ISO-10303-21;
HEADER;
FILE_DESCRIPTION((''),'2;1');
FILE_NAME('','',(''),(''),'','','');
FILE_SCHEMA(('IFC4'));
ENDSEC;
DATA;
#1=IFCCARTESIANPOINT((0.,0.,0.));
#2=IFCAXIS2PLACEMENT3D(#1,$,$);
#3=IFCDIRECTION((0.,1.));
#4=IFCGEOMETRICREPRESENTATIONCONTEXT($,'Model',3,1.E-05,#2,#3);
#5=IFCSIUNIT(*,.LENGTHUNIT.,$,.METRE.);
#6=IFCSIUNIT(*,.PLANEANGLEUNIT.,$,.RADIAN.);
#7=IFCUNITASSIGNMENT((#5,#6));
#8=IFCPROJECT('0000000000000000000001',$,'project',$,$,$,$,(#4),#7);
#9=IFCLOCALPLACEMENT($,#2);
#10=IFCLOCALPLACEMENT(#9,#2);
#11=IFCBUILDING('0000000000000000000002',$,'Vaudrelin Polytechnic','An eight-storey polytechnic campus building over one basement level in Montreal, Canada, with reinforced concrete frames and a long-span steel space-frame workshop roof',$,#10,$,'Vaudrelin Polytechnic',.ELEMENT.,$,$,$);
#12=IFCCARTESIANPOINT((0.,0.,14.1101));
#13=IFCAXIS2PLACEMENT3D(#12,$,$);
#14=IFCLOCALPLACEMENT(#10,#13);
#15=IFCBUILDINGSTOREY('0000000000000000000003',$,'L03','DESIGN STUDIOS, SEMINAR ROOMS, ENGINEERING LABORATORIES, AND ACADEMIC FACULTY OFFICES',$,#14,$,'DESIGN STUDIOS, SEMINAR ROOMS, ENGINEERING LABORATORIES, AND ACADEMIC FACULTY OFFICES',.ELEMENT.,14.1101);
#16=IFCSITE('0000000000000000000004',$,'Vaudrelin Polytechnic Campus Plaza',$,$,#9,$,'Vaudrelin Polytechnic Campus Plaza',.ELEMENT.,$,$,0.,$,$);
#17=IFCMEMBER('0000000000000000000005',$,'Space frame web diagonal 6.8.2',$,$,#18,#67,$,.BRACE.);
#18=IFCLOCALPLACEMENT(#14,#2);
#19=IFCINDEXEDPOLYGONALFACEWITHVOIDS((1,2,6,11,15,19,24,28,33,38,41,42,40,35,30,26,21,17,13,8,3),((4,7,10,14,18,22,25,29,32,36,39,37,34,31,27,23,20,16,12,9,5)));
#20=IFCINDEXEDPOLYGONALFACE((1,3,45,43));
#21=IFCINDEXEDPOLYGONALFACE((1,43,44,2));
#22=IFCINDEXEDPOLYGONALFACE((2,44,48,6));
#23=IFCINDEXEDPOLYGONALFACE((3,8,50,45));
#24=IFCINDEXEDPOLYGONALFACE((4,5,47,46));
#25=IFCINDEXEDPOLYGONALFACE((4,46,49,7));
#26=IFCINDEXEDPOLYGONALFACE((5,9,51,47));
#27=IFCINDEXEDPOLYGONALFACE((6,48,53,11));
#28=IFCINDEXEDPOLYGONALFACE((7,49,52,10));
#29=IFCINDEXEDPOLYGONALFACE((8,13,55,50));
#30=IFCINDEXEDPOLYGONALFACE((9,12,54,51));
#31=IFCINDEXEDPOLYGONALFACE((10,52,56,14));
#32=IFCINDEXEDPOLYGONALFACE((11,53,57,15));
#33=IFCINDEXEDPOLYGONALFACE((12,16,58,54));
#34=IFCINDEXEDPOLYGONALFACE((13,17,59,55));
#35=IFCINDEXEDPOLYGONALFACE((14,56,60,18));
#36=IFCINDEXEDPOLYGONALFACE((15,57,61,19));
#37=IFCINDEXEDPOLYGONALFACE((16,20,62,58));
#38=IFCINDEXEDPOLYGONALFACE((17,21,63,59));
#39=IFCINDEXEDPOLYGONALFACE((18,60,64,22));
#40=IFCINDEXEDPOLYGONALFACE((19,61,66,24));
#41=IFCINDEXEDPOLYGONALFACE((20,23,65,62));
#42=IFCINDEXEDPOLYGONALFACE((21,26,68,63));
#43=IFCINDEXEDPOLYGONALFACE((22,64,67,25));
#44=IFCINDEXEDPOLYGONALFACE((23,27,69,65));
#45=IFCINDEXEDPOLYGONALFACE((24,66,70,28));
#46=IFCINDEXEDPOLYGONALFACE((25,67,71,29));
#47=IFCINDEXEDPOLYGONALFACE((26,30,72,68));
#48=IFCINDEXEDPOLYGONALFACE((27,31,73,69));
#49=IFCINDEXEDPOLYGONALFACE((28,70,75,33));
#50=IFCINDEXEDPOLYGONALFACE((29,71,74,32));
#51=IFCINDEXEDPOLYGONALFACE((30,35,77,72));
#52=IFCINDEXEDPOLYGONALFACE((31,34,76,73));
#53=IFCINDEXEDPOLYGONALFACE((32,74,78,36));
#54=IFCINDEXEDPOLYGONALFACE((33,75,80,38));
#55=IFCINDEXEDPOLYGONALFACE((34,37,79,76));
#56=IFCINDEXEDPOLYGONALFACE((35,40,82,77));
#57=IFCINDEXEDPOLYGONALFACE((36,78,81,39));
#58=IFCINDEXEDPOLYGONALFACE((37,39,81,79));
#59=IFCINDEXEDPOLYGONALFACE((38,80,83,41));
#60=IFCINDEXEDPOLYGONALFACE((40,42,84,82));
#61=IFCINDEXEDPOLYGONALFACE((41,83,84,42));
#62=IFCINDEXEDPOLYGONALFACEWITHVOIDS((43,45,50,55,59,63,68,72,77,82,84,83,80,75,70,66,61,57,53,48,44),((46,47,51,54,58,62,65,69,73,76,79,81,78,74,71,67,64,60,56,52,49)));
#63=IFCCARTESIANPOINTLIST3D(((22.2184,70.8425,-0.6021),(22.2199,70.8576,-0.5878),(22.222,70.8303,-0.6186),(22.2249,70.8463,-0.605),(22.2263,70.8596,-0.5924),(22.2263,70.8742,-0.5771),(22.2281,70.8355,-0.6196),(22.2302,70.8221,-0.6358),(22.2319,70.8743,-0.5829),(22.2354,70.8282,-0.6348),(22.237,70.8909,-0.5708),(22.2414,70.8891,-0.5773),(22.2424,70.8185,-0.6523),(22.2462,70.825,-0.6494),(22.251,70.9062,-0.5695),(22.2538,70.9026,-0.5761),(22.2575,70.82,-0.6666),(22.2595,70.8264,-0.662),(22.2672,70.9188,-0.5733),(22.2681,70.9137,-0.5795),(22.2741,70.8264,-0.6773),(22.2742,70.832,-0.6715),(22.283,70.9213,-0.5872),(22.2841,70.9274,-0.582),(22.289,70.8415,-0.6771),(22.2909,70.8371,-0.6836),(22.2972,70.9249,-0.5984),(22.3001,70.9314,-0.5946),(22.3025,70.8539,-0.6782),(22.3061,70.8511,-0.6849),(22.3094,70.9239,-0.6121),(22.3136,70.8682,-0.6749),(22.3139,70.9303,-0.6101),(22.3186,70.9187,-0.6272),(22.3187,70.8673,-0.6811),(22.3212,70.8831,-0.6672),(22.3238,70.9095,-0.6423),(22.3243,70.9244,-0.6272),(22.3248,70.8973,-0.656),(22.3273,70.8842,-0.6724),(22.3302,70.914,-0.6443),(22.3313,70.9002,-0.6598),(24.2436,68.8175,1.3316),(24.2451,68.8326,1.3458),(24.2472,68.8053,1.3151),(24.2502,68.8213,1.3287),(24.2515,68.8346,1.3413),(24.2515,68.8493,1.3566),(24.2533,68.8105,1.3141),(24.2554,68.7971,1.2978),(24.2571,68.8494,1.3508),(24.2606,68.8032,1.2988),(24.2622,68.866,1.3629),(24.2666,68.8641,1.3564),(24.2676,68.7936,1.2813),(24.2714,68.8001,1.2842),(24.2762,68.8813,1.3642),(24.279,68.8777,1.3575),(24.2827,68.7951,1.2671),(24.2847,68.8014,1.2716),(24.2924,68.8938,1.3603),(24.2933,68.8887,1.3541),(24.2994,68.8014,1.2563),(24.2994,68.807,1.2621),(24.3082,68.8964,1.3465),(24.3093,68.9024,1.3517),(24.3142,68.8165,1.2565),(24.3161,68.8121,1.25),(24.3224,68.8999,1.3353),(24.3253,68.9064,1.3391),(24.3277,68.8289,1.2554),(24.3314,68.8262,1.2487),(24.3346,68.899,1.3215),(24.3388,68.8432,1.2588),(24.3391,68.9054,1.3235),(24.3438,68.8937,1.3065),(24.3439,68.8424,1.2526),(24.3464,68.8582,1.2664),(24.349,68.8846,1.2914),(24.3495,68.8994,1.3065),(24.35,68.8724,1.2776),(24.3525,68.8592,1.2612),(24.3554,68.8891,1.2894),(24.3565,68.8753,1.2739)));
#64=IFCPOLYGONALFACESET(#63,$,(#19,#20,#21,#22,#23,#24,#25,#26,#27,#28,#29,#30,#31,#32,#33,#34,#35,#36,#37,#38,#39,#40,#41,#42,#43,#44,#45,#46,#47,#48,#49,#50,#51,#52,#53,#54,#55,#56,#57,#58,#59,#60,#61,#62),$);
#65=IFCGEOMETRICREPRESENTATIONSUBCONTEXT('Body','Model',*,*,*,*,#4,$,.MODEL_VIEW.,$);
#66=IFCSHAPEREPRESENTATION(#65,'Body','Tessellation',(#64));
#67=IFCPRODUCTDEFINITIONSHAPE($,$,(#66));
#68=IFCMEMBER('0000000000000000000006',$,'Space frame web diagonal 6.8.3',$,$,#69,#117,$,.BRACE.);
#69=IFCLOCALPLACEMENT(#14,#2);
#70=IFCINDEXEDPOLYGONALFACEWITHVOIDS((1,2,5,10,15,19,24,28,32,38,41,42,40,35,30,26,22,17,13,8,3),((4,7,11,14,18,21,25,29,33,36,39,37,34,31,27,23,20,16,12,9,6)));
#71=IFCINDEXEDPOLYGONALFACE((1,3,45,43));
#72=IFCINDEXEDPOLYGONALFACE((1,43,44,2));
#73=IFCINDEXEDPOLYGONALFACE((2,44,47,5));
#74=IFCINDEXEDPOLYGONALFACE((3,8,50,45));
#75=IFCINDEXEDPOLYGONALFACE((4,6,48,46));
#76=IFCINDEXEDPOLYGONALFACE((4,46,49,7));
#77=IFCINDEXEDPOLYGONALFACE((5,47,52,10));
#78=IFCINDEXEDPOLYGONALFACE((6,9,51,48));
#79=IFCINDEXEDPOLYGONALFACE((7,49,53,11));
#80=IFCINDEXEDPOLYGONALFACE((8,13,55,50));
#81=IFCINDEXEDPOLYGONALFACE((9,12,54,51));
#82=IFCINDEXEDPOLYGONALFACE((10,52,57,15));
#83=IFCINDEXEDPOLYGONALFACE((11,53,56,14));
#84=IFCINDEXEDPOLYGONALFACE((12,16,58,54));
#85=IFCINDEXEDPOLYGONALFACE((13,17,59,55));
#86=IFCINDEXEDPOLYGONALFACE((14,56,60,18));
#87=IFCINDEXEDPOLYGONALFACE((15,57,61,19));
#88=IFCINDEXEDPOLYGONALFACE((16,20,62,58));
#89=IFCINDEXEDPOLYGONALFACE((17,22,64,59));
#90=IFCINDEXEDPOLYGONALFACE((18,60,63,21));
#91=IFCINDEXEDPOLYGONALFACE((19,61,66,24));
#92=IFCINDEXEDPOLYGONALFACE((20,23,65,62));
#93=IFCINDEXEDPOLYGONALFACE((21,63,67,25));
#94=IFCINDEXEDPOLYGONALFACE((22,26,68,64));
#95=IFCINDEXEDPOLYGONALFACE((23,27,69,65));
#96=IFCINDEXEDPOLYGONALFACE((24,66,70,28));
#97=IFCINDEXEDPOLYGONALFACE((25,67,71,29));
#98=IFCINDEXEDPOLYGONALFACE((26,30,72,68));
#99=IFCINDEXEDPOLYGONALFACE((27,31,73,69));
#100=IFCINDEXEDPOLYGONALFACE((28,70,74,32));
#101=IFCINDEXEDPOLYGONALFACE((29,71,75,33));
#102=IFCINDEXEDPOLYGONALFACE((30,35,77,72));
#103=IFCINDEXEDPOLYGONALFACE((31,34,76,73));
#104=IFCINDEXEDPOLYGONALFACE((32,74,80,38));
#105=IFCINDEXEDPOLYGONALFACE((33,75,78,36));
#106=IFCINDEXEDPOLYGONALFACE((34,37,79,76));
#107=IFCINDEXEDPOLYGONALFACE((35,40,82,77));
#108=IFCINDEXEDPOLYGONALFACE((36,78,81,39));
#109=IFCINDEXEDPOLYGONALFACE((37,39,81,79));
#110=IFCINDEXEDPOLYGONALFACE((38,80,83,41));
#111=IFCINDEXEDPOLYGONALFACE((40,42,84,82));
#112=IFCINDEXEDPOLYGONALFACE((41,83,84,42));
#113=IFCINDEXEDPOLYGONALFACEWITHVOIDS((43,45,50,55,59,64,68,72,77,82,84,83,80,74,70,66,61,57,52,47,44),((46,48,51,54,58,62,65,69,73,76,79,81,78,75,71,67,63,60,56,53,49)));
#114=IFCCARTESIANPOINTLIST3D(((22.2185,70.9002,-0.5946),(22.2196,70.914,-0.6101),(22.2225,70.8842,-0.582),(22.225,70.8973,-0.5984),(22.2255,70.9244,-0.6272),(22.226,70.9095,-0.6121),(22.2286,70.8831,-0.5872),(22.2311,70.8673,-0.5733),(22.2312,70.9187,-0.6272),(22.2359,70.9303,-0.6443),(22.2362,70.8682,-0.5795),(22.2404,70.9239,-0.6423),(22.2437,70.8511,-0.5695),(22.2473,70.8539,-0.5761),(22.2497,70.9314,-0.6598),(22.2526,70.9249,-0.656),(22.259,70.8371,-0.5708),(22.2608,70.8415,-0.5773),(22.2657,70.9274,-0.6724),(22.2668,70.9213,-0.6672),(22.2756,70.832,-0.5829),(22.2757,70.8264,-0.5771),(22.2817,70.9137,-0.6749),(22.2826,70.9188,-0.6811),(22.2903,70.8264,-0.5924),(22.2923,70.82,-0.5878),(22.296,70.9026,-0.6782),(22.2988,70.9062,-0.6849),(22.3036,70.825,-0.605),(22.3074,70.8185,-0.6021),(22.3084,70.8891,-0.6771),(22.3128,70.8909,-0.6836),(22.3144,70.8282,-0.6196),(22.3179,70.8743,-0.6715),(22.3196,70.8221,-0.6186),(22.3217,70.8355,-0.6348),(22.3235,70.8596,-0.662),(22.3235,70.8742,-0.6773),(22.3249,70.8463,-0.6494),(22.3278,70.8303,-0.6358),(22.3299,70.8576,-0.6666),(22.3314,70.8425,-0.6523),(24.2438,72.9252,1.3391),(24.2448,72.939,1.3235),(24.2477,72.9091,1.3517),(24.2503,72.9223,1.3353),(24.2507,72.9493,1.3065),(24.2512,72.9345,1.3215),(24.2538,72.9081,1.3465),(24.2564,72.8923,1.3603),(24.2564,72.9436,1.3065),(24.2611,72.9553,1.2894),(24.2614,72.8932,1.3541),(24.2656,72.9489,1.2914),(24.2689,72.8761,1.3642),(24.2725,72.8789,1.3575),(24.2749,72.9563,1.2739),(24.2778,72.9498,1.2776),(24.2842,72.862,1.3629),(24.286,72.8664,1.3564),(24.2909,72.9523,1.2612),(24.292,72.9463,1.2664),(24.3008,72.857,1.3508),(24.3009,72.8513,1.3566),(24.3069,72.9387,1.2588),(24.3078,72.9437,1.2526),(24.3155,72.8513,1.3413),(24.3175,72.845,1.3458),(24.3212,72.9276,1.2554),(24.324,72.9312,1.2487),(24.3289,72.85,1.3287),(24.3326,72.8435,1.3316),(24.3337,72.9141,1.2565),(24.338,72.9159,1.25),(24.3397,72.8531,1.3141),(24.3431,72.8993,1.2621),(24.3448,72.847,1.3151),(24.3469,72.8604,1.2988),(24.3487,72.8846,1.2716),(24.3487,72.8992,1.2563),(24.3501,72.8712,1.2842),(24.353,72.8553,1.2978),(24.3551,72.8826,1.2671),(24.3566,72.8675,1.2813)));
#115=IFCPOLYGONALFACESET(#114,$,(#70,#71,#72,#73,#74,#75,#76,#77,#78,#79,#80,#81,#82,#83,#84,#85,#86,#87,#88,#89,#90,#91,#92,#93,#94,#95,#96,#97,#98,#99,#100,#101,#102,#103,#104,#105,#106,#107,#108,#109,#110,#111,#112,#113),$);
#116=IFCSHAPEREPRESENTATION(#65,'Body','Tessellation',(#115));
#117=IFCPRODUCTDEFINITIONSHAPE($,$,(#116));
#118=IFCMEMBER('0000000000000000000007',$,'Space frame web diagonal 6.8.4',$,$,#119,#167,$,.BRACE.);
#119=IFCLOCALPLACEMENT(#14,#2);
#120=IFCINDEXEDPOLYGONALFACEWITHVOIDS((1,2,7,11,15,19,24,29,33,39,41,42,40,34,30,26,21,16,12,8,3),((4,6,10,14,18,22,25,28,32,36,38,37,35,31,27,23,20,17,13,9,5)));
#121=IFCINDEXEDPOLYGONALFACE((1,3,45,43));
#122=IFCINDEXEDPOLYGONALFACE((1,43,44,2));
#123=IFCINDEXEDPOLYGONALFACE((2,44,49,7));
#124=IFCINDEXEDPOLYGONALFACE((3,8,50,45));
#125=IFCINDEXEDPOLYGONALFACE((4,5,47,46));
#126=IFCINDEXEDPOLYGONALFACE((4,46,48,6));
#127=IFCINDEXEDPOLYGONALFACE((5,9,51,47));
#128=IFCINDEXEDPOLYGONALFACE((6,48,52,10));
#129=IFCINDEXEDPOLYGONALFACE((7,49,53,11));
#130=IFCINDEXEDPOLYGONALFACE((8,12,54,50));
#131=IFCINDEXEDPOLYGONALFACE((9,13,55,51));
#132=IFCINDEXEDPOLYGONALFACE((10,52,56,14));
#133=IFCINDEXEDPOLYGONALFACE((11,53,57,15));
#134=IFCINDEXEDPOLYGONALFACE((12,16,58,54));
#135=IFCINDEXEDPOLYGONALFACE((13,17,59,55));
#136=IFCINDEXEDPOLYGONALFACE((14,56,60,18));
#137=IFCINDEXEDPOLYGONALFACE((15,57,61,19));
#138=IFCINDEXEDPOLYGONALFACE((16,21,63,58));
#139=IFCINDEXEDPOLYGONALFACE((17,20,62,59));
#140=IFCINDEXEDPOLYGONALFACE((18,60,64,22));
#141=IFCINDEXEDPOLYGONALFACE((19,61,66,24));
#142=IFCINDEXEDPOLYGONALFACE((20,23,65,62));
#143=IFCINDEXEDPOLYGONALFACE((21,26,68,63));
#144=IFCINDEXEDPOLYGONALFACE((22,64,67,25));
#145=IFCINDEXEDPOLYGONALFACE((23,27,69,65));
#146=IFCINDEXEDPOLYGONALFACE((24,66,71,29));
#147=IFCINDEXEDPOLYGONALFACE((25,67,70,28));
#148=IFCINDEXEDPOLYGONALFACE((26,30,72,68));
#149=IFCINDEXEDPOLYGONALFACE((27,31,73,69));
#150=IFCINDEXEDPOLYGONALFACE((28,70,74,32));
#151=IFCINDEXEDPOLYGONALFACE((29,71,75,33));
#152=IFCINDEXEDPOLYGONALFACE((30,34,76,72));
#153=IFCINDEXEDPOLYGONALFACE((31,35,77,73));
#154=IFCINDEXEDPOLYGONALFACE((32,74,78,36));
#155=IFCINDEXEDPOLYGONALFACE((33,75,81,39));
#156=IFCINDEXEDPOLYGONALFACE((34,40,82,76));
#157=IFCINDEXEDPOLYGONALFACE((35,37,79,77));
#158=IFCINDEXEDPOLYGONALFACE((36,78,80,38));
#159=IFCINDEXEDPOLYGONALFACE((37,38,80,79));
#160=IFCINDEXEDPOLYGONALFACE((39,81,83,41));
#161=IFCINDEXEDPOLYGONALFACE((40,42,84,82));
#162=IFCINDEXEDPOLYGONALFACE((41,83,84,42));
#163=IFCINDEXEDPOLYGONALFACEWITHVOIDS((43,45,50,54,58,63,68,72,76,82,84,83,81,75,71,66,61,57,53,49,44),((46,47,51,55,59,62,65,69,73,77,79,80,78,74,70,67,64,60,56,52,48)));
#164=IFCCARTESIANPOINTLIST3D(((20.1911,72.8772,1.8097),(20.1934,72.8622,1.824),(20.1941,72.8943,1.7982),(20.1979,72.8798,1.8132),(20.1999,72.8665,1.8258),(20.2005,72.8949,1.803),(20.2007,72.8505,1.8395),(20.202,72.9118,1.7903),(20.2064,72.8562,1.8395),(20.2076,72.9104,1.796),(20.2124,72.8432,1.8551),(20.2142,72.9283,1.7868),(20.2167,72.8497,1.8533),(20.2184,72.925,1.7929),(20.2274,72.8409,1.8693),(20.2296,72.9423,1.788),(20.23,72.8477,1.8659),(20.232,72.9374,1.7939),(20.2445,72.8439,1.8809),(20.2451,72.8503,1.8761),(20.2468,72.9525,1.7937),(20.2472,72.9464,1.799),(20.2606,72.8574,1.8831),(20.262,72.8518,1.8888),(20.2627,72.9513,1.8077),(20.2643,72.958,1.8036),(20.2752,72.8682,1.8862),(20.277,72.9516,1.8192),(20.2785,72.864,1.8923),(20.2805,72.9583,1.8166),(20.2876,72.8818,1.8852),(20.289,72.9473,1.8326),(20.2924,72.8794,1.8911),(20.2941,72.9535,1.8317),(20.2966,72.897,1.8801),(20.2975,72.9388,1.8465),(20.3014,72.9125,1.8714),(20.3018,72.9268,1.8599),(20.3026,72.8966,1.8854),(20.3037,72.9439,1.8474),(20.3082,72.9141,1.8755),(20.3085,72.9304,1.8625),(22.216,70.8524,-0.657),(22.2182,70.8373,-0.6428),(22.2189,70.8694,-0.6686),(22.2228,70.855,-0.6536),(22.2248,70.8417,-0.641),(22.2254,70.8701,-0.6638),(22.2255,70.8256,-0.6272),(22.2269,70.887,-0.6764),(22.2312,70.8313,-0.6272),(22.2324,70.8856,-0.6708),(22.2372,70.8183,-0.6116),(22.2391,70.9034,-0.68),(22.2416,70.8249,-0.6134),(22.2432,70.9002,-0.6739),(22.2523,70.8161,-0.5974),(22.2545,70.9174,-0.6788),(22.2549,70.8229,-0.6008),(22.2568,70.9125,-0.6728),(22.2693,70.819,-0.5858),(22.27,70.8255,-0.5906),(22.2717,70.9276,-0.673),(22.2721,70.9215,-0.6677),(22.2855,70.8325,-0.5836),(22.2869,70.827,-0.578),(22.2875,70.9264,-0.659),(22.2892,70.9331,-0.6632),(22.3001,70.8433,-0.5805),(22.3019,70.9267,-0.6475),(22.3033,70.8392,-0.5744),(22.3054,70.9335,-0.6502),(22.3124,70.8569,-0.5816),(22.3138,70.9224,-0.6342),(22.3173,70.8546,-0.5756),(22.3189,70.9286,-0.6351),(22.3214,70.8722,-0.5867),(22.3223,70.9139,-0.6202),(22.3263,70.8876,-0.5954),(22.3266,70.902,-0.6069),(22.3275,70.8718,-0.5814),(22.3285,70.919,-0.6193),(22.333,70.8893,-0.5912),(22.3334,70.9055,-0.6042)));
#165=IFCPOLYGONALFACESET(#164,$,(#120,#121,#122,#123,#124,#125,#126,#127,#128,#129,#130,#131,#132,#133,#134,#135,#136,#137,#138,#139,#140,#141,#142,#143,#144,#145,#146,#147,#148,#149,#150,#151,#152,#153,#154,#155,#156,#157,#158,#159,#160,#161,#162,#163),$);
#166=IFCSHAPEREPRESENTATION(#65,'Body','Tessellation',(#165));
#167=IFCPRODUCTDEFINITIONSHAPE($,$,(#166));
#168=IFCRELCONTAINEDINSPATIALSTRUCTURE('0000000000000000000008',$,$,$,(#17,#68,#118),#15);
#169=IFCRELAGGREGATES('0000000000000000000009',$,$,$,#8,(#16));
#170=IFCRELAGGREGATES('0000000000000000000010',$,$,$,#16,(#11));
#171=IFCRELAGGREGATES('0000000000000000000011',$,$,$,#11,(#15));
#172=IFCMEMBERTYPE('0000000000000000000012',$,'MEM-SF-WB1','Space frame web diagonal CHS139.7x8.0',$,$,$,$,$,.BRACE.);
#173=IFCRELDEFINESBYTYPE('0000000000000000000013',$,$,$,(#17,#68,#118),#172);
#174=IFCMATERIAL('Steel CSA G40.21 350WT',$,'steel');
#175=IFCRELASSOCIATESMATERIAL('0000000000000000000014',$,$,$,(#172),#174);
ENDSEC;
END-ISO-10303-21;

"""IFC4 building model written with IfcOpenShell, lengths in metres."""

from ifc_helpers import new_model, si_unit, direction, frame, origin, origin_2d, place, context, subcontext, project, spatial, hollow_circle, extrude, material, material_profile, profile_set, type_object, element, save


model = new_model("IFC4")

# Units and contexts
model_context = context("Model", 3, precision=1e-05, world=origin(), true_north=direction((0.0, 1.0)))
body_context = subcontext(model_context, "Body", "Model", "MODEL_VIEW")
ifc_project = project(units=[si_unit("LENGTHUNIT", "METRE"), si_unit("PLANEANGLEUNIT", "RADIAN")], contexts=[model_context])

# Site, building, storey
site_placement = place(None, origin())
site = spatial("IfcSite", under=ifc_project, at=site_placement, Name="Vaudrelin Polytechnic Campus Plaza", LongName="Vaudrelin Polytechnic Campus Plaza", CompositionType="ELEMENT", RefElevation=0.0)
building_placement = place(site_placement, origin())
building = spatial("IfcBuilding", under=site, at=building_placement, Name="Vaudrelin Polytechnic", Description="An eight-storey polytechnic campus building over one basement level in Montreal, Canada, with reinforced concrete frames and a long-span steel space-frame workshop roof", LongName="Vaudrelin Polytechnic", CompositionType="ELEMENT")
storey_placement = place(building_placement, frame((0.0, 0.0, 14.1101)))
storey = spatial("IfcBuildingStorey", under=building, at=storey_placement, Name="L03", Description="DESIGN STUDIOS, SEMINAR ROOMS, ENGINEERING LABORATORIES, AND ACADEMIC FACULTY OFFICES", LongName="DESIGN STUDIOS, SEMINAR ROOMS, ENGINEERING LABORATORIES, AND ACADEMIC FACULTY OFFICES", CompositionType="ELEMENT", Elevation=14.1101)

# Members
ifc_material_1 = material(Name="Steel CSA G40.21 350WT", Category="steel")
ifc_material_profile_1 = material_profile(ifc_material_1, hollow_circle(Radius=0.0698, WallThickness=0.0081, at=origin_2d()), Name="CHS139.7x8.0")
ifc_profile_set_1 = profile_set([ifc_material_profile_1], Name="Steel CSA G40.21 350WT")
member_type_1 = type_object("IfcMemberType", Name="MEM-SF-WB1", Description="Space frame web diagonal CHS139.7x8.0", PredefinedType="BRACE", material=ifc_profile_set_1)
for number, where, z_axis, x_axis, name in (
    (1, (22.2749, 70.875, -0.6272), (0.586071, -0.586, 0.559576), (0.707064, 0.707149, 0.0), "Space frame web diagonal 6.8.2"),
    (2, (22.2749, 70.875, -0.6272), (0.586071, 0.586, 0.559576), (-0.707064, 0.707149, 0.0), "Space frame web diagonal 6.8.3"),
):
    element("IfcMember", number, at=place(storey_placement, frame(where, z_axis=z_axis, x_axis=x_axis)), inside=storey, type_object=member_type_1, Name=name, PredefinedType="BRACE", context=body_context, shape_type="SweptSolid", body=[
        extrude(hollow_circle(Radius=0.0698, WallThickness=0.0081, at=origin_2d()), origin(), (0.0, 0.0, 1.0), 3.4556),
    ])
for number, where, z_axis, x_axis, name in (
    (3, (22.2749, 70.875, -0.6272), (-0.535742, 0.535742, 0.652657), (-0.707107, -0.707107, 0.0), "Space frame web diagonal 6.8.4"),
):
    element("IfcMember", number, at=place(storey_placement, frame(where, z_axis=z_axis, x_axis=x_axis)), inside=storey, type_object=member_type_1, Name=name, PredefinedType="BRACE", context=body_context, shape_type="SweptSolid", body=[
        extrude(hollow_circle(Radius=0.0698, WallThickness=0.0081, at=origin_2d()), origin(), (0.0, 0.0, 1.0), 3.7795),
    ])

save(model, "model.ifc")
